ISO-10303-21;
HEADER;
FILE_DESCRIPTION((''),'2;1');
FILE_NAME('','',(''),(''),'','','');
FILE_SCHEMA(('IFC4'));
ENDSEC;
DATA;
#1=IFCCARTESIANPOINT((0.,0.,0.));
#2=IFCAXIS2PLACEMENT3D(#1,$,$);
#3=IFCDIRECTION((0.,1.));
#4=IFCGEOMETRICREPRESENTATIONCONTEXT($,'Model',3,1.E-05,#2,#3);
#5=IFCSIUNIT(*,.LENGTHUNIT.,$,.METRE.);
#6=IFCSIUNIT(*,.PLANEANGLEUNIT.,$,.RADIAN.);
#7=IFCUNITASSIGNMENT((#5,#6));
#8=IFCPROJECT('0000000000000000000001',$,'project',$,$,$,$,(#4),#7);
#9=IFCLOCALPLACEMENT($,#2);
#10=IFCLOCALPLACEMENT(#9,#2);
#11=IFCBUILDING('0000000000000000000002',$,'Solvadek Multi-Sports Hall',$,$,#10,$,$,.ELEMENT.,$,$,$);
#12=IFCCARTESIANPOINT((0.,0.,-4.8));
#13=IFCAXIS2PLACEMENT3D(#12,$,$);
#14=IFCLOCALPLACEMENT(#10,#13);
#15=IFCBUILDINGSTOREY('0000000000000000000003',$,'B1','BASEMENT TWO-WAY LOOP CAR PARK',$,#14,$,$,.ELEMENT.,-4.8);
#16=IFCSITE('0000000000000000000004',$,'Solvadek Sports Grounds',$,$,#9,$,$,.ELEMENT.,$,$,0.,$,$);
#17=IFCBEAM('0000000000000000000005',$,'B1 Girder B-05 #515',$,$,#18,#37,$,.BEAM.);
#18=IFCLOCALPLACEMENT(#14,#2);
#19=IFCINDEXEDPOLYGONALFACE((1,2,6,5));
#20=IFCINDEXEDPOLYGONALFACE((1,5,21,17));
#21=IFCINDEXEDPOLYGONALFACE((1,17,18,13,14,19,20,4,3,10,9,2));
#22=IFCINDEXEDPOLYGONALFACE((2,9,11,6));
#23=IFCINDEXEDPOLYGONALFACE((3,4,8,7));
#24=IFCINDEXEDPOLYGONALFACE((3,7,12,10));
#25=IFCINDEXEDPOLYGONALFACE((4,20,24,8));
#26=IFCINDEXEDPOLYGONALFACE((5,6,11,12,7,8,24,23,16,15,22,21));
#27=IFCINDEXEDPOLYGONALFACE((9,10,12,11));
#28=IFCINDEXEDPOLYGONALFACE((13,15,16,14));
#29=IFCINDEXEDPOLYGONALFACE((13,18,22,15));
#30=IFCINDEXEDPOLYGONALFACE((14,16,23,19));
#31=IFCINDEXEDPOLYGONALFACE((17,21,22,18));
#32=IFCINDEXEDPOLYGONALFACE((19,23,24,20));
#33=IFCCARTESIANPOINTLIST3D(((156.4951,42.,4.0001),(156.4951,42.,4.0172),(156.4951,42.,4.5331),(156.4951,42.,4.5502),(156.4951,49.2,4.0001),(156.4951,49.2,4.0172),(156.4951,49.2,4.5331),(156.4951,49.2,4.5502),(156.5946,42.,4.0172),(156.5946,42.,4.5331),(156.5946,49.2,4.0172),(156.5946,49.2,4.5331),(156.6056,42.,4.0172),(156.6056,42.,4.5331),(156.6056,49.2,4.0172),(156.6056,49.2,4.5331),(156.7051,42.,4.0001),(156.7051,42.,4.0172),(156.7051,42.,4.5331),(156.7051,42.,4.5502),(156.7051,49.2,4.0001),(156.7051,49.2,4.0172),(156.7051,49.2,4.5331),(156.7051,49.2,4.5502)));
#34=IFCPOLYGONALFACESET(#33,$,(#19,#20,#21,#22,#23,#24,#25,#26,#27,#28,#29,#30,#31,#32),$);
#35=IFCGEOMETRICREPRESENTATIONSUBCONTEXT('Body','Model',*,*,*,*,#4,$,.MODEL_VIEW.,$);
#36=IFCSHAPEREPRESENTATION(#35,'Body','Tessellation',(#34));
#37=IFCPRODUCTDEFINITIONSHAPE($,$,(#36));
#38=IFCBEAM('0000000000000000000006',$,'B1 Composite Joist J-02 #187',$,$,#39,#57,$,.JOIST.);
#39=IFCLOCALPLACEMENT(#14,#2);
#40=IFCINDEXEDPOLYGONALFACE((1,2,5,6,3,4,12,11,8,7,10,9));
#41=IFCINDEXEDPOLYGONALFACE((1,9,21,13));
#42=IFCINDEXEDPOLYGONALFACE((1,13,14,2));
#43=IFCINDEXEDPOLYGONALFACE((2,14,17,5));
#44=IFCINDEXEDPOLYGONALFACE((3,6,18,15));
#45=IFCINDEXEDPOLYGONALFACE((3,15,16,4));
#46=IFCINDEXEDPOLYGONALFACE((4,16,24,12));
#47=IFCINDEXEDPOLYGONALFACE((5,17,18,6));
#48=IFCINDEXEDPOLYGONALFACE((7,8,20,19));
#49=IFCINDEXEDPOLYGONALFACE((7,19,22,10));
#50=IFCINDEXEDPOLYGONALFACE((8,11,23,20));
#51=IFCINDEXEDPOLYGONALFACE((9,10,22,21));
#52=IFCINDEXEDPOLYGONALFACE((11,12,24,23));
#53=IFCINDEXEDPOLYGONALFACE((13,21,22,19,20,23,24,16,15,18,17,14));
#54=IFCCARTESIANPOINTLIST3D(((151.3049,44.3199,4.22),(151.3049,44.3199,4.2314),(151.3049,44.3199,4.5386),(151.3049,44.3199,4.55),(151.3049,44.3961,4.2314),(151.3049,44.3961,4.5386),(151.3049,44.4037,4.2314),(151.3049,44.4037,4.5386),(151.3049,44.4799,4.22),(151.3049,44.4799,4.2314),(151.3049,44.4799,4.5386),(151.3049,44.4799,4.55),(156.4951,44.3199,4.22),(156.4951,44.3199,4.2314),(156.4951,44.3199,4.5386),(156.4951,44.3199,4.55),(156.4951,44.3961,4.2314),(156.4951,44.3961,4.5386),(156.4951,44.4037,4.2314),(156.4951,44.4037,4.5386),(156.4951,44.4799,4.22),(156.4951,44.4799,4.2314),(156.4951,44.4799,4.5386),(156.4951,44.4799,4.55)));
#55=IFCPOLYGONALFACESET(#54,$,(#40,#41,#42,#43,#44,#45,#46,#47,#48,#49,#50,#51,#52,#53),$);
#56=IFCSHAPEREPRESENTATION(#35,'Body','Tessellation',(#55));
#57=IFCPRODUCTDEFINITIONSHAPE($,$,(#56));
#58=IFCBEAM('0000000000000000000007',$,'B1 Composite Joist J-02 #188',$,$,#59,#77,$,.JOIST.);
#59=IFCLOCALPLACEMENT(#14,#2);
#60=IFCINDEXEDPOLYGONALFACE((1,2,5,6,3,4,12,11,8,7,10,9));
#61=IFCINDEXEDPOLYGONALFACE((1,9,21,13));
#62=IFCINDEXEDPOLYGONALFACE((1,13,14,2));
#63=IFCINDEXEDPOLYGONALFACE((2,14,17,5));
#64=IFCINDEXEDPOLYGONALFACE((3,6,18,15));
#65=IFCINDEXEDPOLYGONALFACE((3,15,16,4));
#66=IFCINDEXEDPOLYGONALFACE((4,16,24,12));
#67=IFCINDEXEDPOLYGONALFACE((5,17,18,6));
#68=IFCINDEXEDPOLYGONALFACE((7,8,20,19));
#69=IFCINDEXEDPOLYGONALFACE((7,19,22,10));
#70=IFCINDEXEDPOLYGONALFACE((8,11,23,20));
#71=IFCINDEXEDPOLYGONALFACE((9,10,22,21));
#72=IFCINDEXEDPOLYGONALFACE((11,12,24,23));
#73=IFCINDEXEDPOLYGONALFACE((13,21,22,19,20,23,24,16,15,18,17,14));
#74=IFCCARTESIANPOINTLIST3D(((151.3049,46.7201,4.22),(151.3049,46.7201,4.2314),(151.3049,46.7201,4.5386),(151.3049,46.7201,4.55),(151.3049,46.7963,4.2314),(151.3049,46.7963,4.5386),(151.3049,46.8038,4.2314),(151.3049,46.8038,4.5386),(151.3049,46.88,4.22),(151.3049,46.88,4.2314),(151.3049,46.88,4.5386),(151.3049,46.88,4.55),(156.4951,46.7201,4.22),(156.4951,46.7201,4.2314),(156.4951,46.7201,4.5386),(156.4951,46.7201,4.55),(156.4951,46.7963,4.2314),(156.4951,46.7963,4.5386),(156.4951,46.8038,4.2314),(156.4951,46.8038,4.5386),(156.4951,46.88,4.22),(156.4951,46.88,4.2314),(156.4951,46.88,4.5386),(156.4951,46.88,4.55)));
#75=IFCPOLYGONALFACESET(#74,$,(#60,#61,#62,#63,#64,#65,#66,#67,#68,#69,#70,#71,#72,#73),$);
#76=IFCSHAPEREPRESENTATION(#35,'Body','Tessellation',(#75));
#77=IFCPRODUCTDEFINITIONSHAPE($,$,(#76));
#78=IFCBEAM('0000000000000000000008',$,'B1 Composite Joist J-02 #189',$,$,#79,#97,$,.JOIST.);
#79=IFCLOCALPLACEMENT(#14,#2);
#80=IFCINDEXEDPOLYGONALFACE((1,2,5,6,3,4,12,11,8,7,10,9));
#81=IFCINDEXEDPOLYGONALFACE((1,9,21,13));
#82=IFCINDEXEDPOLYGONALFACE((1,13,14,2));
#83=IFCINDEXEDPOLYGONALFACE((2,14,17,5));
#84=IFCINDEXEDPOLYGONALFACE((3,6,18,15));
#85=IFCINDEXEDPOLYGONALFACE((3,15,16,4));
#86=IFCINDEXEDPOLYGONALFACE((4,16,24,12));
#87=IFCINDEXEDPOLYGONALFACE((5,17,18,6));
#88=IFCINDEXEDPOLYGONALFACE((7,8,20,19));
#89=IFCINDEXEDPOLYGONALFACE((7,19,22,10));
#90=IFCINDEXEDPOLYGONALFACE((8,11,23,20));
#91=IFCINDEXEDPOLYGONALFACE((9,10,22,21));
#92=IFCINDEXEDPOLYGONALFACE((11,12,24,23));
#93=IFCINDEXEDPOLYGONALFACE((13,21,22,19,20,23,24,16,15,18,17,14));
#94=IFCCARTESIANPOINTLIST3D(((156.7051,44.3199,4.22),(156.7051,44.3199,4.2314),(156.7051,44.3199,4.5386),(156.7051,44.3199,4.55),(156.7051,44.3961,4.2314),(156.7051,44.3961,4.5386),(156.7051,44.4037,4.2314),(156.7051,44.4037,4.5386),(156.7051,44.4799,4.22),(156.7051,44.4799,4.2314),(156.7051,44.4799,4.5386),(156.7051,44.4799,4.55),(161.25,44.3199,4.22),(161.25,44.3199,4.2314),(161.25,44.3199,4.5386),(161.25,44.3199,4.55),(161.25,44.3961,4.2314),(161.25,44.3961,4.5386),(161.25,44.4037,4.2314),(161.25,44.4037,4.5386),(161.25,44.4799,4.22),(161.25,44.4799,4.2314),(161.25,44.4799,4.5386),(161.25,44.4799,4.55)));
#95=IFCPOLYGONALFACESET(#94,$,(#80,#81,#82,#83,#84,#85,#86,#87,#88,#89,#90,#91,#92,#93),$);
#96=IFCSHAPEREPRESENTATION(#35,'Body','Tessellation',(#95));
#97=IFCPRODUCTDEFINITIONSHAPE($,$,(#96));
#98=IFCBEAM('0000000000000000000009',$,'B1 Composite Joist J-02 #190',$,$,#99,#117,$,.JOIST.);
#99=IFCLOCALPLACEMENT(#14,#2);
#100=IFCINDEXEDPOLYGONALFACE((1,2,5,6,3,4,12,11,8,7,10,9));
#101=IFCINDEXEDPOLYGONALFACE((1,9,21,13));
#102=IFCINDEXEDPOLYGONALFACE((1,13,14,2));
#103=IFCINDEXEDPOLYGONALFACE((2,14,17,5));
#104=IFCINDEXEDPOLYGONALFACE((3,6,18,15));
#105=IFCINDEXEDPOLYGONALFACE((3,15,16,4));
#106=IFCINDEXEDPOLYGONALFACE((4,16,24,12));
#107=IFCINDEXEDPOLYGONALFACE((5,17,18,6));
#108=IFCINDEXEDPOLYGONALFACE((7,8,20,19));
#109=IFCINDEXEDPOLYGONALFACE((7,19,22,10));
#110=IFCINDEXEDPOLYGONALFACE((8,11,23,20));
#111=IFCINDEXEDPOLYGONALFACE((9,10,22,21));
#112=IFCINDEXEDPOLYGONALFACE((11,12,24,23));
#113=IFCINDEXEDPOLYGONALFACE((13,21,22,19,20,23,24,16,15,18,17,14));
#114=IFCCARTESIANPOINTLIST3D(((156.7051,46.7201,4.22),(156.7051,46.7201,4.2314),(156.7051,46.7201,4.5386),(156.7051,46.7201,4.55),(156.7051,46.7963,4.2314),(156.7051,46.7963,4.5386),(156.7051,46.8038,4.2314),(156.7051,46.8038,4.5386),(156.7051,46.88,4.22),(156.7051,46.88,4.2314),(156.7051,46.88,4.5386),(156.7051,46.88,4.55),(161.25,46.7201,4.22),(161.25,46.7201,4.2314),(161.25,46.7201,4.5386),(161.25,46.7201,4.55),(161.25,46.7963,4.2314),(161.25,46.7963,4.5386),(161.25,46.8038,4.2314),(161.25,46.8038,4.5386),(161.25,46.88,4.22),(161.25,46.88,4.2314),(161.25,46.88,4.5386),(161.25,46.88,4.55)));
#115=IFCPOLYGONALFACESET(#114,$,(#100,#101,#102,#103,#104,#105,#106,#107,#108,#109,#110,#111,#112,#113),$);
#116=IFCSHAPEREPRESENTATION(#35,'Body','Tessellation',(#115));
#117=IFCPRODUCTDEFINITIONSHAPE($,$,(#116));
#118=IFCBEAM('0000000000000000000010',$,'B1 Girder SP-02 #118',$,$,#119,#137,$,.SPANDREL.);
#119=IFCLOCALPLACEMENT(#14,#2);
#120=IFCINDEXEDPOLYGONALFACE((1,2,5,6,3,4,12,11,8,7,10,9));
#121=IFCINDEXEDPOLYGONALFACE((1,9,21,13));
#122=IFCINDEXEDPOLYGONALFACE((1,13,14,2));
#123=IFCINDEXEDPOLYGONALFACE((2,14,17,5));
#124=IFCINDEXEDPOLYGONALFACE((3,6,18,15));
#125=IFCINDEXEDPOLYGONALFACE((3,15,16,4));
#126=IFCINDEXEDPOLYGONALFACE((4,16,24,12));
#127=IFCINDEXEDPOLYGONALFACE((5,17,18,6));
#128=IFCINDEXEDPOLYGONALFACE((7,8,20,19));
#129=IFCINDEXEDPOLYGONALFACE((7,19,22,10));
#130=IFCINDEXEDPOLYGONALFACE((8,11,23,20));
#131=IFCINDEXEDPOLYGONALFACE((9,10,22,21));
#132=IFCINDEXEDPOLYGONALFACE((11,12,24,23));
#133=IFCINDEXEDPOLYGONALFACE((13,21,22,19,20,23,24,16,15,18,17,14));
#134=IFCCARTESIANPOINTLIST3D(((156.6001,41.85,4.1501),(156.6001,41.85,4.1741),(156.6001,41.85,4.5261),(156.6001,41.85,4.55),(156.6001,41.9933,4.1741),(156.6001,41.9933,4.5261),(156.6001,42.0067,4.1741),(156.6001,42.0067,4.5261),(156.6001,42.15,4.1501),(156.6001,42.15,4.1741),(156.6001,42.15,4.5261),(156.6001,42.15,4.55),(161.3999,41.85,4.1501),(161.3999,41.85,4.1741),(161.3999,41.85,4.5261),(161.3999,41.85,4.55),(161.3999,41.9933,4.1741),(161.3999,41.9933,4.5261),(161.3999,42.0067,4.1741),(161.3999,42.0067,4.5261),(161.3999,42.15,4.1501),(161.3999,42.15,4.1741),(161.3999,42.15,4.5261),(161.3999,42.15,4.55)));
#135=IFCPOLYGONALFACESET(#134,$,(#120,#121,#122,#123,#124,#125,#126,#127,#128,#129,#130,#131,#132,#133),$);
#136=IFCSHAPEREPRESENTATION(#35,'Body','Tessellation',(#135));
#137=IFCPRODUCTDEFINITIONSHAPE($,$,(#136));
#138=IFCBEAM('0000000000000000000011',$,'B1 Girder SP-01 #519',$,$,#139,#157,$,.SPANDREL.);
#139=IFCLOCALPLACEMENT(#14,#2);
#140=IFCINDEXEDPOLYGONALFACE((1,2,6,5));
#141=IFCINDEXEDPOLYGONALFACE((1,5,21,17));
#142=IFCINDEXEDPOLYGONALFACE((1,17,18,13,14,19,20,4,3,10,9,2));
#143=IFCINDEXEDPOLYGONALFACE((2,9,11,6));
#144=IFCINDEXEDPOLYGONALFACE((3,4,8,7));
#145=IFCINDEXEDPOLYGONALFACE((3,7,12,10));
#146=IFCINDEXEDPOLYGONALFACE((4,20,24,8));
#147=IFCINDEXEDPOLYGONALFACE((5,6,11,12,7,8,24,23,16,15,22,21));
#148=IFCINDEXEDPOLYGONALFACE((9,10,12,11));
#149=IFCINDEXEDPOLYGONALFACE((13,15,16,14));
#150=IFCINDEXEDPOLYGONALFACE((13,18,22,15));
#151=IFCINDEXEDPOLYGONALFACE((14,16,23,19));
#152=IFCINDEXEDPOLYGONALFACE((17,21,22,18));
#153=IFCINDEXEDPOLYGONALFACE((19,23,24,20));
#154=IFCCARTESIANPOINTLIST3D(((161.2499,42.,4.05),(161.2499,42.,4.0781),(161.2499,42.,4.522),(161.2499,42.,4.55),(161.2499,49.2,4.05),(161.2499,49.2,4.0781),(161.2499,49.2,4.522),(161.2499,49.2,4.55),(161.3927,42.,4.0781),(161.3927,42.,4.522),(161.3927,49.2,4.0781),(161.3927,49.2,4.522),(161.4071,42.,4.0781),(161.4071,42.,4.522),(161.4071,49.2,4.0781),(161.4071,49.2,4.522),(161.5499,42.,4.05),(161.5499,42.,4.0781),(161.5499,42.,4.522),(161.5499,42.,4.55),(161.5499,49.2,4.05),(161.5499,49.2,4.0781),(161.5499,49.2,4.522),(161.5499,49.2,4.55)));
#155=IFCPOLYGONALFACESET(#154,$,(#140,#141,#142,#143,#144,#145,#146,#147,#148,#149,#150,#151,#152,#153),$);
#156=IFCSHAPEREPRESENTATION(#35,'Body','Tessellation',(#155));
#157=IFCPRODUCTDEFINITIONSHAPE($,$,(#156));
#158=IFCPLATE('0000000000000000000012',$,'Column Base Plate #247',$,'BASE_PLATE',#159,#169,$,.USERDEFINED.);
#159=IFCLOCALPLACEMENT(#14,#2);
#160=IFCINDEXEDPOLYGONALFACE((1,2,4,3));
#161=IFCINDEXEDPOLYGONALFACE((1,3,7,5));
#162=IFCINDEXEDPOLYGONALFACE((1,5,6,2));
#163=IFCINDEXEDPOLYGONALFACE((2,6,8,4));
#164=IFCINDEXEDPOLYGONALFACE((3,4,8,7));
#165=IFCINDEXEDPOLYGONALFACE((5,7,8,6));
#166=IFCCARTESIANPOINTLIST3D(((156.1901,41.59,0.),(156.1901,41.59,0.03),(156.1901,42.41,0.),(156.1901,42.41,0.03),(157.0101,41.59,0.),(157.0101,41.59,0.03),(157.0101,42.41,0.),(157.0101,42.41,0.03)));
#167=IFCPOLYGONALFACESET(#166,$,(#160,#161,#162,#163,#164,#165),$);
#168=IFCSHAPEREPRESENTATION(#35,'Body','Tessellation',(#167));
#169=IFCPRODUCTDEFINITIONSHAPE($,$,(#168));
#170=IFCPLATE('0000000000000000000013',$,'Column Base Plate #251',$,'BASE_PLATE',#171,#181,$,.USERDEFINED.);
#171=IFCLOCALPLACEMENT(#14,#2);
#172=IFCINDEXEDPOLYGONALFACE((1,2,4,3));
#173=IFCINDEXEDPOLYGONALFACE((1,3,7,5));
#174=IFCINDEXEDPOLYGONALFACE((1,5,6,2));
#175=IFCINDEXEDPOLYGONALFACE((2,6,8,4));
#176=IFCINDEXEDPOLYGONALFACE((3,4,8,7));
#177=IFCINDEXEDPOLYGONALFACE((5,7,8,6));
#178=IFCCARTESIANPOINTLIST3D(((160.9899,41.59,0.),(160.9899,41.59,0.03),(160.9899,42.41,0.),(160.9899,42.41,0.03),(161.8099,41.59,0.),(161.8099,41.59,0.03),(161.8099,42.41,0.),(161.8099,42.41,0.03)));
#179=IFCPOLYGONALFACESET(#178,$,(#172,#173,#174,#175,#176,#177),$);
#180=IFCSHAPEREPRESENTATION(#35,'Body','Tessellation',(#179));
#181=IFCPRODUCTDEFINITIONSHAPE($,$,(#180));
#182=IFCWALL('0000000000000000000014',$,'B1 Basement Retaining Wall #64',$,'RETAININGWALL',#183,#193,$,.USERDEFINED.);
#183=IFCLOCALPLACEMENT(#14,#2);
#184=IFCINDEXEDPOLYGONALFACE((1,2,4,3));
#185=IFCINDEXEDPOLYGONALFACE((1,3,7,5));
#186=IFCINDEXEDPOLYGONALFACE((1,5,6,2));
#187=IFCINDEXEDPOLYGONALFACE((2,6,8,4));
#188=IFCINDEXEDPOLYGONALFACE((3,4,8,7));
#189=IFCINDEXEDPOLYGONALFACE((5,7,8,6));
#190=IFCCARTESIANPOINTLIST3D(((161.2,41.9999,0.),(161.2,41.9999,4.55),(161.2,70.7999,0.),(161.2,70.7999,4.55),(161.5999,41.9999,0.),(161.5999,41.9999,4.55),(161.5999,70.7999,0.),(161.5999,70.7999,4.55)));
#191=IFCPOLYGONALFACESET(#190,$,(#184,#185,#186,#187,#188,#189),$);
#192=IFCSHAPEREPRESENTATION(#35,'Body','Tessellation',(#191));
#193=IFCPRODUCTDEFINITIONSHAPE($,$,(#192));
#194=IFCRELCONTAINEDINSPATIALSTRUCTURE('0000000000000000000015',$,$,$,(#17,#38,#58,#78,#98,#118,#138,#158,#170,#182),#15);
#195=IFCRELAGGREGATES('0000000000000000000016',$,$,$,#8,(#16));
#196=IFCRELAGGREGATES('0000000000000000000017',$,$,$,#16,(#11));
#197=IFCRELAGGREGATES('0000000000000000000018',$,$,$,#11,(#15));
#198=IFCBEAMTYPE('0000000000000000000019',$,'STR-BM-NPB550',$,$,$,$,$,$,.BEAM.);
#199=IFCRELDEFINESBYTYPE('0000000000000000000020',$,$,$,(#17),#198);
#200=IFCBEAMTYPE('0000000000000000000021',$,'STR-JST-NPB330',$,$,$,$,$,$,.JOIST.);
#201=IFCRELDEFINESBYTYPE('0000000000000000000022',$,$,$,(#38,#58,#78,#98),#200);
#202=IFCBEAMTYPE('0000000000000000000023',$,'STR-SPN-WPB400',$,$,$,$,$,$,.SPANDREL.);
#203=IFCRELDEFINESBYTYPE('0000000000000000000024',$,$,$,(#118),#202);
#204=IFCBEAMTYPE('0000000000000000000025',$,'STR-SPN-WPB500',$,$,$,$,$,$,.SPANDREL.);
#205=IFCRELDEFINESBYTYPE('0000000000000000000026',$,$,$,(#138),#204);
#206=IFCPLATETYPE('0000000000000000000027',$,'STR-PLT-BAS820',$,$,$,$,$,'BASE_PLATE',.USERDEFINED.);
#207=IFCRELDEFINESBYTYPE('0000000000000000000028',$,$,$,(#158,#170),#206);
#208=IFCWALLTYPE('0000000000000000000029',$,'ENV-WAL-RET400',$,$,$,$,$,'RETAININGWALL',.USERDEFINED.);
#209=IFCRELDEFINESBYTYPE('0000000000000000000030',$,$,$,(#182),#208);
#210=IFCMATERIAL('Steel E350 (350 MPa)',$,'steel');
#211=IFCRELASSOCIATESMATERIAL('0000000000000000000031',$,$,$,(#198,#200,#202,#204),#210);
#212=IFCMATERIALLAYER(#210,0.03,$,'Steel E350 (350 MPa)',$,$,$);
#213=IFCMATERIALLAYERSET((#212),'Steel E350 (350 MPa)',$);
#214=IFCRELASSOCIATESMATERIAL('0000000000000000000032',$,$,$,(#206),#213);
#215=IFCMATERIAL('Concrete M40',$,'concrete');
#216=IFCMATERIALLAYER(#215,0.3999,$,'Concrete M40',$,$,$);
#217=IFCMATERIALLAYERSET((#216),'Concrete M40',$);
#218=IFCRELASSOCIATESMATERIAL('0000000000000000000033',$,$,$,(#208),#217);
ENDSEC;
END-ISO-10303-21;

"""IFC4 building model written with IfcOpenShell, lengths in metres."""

from ifc_helpers import new_model, si_unit, direction, frame, frame_2d, origin, origin_2d, place, context, subcontext, project, spatial, rectangle, i_section, extrude, material, layer, layer_set, material_profile, profile_set, type_object, element, save


model = new_model("IFC4")

# Units and contexts
model_context = context("Model", 3, precision=1e-05, world=origin(), true_north=direction((0.0, 1.0)))
body_context = subcontext(model_context, "Body", "Model", "MODEL_VIEW")
ifc_project = project(units=[si_unit("LENGTHUNIT", "METRE"), si_unit("PLANEANGLEUNIT", "RADIAN")], contexts=[model_context])

# Site, building, storey
site_placement = place(None, origin())
site = spatial("IfcSite", under=ifc_project, at=site_placement, Name="Solvadek Sports Grounds", CompositionType="ELEMENT", RefElevation=0.0)
building_placement = place(site_placement, origin())
building = spatial("IfcBuilding", under=site, at=building_placement, Name="Solvadek Multi-Sports Hall", CompositionType="ELEMENT")
storey_placement = place(building_placement, frame((0.0, 0.0, -4.8)))
storey = spatial("IfcBuildingStorey", under=building, at=storey_placement, Name="B1", Description="BASEMENT TWO-WAY LOOP CAR PARK", CompositionType="ELEMENT", Elevation=-4.8)

# Shared definitions
ifc_material_1 = material(Name="Concrete M40", Category="concrete")

# Shared definitions
ifc_material_2 = material(Name="Steel E350 (350 MPa)", Category="steel")

# Beams
ifc_material_profile_1 = material_profile(ifc_material_2, i_section(OverallWidth=0.21, OverallDepth=0.55, WebThickness=0.011, FlangeThickness=0.0171, at=origin_2d()), Name="NPB 550")
ifc_profile_set_1 = profile_set([ifc_material_profile_1], Name="Steel E350 (350 MPa)")
beam_type_1 = type_object("IfcBeamType", Name="STR-BM-NPB550", PredefinedType="BEAM", material=ifc_profile_set_1)
beam_1_placement = place(storey_placement, frame((156.6001, 42.0, 4.2751), z_axis=(0.0, 1.0, 0.0), x_axis=(-1.0, 0.0, 0.0)))
element("IfcBeam", 1, at=beam_1_placement, inside=storey, type_object=beam_type_1, Name="B1 Girder B-05 #515", PredefinedType="BEAM", context=body_context, shape_type="SweptSolid", body=[
    extrude(i_section(OverallWidth=0.21, OverallDepth=0.55, WebThickness=0.011, FlangeThickness=0.0171, at=origin_2d()), origin(), (0.0, 0.0, 1.0), 7.2),
])
ifc_material_profile_2 = material_profile(ifc_material_2, i_section(OverallWidth=0.1599, OverallDepth=0.3301, WebThickness=0.0076, FlangeThickness=0.0115, at=origin_2d()), Name="NPB 330")
ifc_profile_set_2 = profile_set([ifc_material_profile_2], Name="Steel E350 (350 MPa)")
beam_type_2 = type_object("IfcBeamType", Name="STR-JST-NPB330", PredefinedType="JOIST", material=ifc_profile_set_2)
for number, where, z_axis, x_axis, name in (
    (2, (151.3049, 44.3999, 4.385), (1.0, 0.0, 0.0), (0.0, 1.0, 0.0), "B1 Composite Joist J-02 #187"),
    (3, (151.3049, 46.8, 4.385), (1.0, 0.0, 0.0), (0.0, 1.0, 0.0), "B1 Composite Joist J-02 #188"),
):
    element("IfcBeam", number, at=place(storey_placement, frame(where, z_axis=z_axis, x_axis=x_axis)), inside=storey, type_object=beam_type_2, Name=name, PredefinedType="JOIST", context=body_context, shape_type="SweptSolid", body=[
        extrude(i_section(OverallWidth=0.1599, OverallDepth=0.3301, WebThickness=0.0076, FlangeThickness=0.0115, at=origin_2d()), origin(), (0.0, 0.0, 1.0), 5.1902),
    ])
for number, where, z_axis, x_axis, name in (
    (4, (156.7051, 44.3999, 4.385), (1.0, 0.0, 0.0), (0.0, 1.0, 0.0), "B1 Composite Joist J-02 #189"),
    (5, (156.7051, 46.8, 4.385), (1.0, 0.0, 0.0), (0.0, 1.0, 0.0), "B1 Composite Joist J-02 #190"),
):
    element("IfcBeam", number, at=place(storey_placement, frame(where, z_axis=z_axis, x_axis=x_axis)), inside=storey, type_object=beam_type_2, Name=name, PredefinedType="JOIST", context=body_context, shape_type="SweptSolid", body=[
        extrude(i_section(OverallWidth=0.1599, OverallDepth=0.3301, WebThickness=0.0076, FlangeThickness=0.0115, at=origin_2d()), origin(), (0.0, 0.0, 1.0), 4.5449),
    ])
ifc_material_profile_3 = material_profile(ifc_material_2, i_section(OverallWidth=0.3, OverallDepth=0.3999, WebThickness=0.0134, FlangeThickness=0.0239, at=origin_2d()), Name="WPB 400")
ifc_profile_set_3 = profile_set([ifc_material_profile_3], Name="Steel E350 (350 MPa)")
beam_type_3 = type_object("IfcBeamType", Name="STR-SPN-WPB400", PredefinedType="SPANDREL", material=ifc_profile_set_3)
beam_2_placement = place(storey_placement, frame((156.6001, 42.0, 4.3501), z_axis=(1.0, 0.0, 0.0), x_axis=(0.0, 1.0, 0.0)))
element("IfcBeam", 6, at=beam_2_placement, inside=storey, type_object=beam_type_3, Name="B1 Girder SP-02 #118", PredefinedType="SPANDREL", context=body_context, shape_type="SweptSolid", body=[
    extrude(i_section(OverallWidth=0.3, OverallDepth=0.3999, WebThickness=0.0134, FlangeThickness=0.0239, at=origin_2d()), origin(), (0.0, 0.0, 1.0), 4.7998),
])
ifc_material_profile_4 = material_profile(ifc_material_2, i_section(OverallWidth=0.3, OverallDepth=0.5, WebThickness=0.0144, FlangeThickness=0.0281, at=origin_2d()), Name="WPB 500")
ifc_profile_set_4 = profile_set([ifc_material_profile_4], Name="Steel E350 (350 MPa)")
beam_type_4 = type_object("IfcBeamType", Name="STR-SPN-WPB500", PredefinedType="SPANDREL", material=ifc_profile_set_4)
beam_3_placement = place(storey_placement, frame((161.3999, 42.0, 4.3), z_axis=(0.0, 1.0, 0.0), x_axis=(-1.0, 0.0, 0.0)))
element("IfcBeam", 7, at=beam_3_placement, inside=storey, type_object=beam_type_4, Name="B1 Girder SP-01 #519", PredefinedType="SPANDREL", context=body_context, shape_type="SweptSolid", body=[
    extrude(i_section(OverallWidth=0.3, OverallDepth=0.5, WebThickness=0.0144, FlangeThickness=0.0281, at=origin_2d()), origin(), (0.0, 0.0, 1.0), 7.2),
])

# Plates
ifc_layer_1 = layer(ifc_material_2, 0.03, Name="Steel E350 (350 MPa)")
ifc_layer_set_1 = layer_set([ifc_layer_1], Name="Steel E350 (350 MPa)")
plate_type = type_object("IfcPlateType", Name="STR-PLT-BAS820", ElementType="BASE_PLATE", PredefinedType="USERDEFINED", material=ifc_layer_set_1)
for number, where, z_axis, x_axis, name in (
    (8, (156.6001, 42.0, 0.0), (0.0, 0.0, 1.0), (1.0, 0.0, 0.0), "Column Base Plate #247"),
    (9, (161.3999, 42.0, 0.0), (0.0, 0.0, 1.0), (1.0, 0.0, 0.0), "Column Base Plate #251"),
):
    element("IfcPlate", number, at=place(storey_placement, frame(where, z_axis=z_axis, x_axis=x_axis)), inside=storey, type_object=plate_type, Name=name, ObjectType="BASE_PLATE", PredefinedType="USERDEFINED", context=body_context, shape_type="SweptSolid", body=[
        extrude(rectangle(XDim=0.8201, YDim=0.8201, at=origin_2d()), origin(), (0.0, 0.0, 1.0), 0.03),
    ])

# Wall
ifc_layer_2 = layer(ifc_material_1, 0.3999, Name="Concrete M40")
ifc_layer_set_2 = layer_set([ifc_layer_2], Name="Concrete M40")
wall_type = type_object("IfcWallType", Name="ENV-WAL-RET400", ElementType="RETAININGWALL", PredefinedType="USERDEFINED", material=ifc_layer_set_2)
wall_placement = place(storey_placement, frame((161.3999, 42.0, 0.0), z_axis=(0.0, 0.0, 1.0), x_axis=(0.0, 1.0, 0.0)))
element("IfcWall", 10, at=wall_placement, inside=storey, type_object=wall_type, Name="B1 Basement Retaining Wall #64", ObjectType="RETAININGWALL", PredefinedType="USERDEFINED", context=body_context, shape_type="SweptSolid", body=[
    extrude(rectangle(XDim=28.8, YDim=0.3999, at=frame_2d((14.3999, 0.0))), origin(), (0.0, 0.0, 1.0), 4.55),
])

save(model, "model.ifc")
